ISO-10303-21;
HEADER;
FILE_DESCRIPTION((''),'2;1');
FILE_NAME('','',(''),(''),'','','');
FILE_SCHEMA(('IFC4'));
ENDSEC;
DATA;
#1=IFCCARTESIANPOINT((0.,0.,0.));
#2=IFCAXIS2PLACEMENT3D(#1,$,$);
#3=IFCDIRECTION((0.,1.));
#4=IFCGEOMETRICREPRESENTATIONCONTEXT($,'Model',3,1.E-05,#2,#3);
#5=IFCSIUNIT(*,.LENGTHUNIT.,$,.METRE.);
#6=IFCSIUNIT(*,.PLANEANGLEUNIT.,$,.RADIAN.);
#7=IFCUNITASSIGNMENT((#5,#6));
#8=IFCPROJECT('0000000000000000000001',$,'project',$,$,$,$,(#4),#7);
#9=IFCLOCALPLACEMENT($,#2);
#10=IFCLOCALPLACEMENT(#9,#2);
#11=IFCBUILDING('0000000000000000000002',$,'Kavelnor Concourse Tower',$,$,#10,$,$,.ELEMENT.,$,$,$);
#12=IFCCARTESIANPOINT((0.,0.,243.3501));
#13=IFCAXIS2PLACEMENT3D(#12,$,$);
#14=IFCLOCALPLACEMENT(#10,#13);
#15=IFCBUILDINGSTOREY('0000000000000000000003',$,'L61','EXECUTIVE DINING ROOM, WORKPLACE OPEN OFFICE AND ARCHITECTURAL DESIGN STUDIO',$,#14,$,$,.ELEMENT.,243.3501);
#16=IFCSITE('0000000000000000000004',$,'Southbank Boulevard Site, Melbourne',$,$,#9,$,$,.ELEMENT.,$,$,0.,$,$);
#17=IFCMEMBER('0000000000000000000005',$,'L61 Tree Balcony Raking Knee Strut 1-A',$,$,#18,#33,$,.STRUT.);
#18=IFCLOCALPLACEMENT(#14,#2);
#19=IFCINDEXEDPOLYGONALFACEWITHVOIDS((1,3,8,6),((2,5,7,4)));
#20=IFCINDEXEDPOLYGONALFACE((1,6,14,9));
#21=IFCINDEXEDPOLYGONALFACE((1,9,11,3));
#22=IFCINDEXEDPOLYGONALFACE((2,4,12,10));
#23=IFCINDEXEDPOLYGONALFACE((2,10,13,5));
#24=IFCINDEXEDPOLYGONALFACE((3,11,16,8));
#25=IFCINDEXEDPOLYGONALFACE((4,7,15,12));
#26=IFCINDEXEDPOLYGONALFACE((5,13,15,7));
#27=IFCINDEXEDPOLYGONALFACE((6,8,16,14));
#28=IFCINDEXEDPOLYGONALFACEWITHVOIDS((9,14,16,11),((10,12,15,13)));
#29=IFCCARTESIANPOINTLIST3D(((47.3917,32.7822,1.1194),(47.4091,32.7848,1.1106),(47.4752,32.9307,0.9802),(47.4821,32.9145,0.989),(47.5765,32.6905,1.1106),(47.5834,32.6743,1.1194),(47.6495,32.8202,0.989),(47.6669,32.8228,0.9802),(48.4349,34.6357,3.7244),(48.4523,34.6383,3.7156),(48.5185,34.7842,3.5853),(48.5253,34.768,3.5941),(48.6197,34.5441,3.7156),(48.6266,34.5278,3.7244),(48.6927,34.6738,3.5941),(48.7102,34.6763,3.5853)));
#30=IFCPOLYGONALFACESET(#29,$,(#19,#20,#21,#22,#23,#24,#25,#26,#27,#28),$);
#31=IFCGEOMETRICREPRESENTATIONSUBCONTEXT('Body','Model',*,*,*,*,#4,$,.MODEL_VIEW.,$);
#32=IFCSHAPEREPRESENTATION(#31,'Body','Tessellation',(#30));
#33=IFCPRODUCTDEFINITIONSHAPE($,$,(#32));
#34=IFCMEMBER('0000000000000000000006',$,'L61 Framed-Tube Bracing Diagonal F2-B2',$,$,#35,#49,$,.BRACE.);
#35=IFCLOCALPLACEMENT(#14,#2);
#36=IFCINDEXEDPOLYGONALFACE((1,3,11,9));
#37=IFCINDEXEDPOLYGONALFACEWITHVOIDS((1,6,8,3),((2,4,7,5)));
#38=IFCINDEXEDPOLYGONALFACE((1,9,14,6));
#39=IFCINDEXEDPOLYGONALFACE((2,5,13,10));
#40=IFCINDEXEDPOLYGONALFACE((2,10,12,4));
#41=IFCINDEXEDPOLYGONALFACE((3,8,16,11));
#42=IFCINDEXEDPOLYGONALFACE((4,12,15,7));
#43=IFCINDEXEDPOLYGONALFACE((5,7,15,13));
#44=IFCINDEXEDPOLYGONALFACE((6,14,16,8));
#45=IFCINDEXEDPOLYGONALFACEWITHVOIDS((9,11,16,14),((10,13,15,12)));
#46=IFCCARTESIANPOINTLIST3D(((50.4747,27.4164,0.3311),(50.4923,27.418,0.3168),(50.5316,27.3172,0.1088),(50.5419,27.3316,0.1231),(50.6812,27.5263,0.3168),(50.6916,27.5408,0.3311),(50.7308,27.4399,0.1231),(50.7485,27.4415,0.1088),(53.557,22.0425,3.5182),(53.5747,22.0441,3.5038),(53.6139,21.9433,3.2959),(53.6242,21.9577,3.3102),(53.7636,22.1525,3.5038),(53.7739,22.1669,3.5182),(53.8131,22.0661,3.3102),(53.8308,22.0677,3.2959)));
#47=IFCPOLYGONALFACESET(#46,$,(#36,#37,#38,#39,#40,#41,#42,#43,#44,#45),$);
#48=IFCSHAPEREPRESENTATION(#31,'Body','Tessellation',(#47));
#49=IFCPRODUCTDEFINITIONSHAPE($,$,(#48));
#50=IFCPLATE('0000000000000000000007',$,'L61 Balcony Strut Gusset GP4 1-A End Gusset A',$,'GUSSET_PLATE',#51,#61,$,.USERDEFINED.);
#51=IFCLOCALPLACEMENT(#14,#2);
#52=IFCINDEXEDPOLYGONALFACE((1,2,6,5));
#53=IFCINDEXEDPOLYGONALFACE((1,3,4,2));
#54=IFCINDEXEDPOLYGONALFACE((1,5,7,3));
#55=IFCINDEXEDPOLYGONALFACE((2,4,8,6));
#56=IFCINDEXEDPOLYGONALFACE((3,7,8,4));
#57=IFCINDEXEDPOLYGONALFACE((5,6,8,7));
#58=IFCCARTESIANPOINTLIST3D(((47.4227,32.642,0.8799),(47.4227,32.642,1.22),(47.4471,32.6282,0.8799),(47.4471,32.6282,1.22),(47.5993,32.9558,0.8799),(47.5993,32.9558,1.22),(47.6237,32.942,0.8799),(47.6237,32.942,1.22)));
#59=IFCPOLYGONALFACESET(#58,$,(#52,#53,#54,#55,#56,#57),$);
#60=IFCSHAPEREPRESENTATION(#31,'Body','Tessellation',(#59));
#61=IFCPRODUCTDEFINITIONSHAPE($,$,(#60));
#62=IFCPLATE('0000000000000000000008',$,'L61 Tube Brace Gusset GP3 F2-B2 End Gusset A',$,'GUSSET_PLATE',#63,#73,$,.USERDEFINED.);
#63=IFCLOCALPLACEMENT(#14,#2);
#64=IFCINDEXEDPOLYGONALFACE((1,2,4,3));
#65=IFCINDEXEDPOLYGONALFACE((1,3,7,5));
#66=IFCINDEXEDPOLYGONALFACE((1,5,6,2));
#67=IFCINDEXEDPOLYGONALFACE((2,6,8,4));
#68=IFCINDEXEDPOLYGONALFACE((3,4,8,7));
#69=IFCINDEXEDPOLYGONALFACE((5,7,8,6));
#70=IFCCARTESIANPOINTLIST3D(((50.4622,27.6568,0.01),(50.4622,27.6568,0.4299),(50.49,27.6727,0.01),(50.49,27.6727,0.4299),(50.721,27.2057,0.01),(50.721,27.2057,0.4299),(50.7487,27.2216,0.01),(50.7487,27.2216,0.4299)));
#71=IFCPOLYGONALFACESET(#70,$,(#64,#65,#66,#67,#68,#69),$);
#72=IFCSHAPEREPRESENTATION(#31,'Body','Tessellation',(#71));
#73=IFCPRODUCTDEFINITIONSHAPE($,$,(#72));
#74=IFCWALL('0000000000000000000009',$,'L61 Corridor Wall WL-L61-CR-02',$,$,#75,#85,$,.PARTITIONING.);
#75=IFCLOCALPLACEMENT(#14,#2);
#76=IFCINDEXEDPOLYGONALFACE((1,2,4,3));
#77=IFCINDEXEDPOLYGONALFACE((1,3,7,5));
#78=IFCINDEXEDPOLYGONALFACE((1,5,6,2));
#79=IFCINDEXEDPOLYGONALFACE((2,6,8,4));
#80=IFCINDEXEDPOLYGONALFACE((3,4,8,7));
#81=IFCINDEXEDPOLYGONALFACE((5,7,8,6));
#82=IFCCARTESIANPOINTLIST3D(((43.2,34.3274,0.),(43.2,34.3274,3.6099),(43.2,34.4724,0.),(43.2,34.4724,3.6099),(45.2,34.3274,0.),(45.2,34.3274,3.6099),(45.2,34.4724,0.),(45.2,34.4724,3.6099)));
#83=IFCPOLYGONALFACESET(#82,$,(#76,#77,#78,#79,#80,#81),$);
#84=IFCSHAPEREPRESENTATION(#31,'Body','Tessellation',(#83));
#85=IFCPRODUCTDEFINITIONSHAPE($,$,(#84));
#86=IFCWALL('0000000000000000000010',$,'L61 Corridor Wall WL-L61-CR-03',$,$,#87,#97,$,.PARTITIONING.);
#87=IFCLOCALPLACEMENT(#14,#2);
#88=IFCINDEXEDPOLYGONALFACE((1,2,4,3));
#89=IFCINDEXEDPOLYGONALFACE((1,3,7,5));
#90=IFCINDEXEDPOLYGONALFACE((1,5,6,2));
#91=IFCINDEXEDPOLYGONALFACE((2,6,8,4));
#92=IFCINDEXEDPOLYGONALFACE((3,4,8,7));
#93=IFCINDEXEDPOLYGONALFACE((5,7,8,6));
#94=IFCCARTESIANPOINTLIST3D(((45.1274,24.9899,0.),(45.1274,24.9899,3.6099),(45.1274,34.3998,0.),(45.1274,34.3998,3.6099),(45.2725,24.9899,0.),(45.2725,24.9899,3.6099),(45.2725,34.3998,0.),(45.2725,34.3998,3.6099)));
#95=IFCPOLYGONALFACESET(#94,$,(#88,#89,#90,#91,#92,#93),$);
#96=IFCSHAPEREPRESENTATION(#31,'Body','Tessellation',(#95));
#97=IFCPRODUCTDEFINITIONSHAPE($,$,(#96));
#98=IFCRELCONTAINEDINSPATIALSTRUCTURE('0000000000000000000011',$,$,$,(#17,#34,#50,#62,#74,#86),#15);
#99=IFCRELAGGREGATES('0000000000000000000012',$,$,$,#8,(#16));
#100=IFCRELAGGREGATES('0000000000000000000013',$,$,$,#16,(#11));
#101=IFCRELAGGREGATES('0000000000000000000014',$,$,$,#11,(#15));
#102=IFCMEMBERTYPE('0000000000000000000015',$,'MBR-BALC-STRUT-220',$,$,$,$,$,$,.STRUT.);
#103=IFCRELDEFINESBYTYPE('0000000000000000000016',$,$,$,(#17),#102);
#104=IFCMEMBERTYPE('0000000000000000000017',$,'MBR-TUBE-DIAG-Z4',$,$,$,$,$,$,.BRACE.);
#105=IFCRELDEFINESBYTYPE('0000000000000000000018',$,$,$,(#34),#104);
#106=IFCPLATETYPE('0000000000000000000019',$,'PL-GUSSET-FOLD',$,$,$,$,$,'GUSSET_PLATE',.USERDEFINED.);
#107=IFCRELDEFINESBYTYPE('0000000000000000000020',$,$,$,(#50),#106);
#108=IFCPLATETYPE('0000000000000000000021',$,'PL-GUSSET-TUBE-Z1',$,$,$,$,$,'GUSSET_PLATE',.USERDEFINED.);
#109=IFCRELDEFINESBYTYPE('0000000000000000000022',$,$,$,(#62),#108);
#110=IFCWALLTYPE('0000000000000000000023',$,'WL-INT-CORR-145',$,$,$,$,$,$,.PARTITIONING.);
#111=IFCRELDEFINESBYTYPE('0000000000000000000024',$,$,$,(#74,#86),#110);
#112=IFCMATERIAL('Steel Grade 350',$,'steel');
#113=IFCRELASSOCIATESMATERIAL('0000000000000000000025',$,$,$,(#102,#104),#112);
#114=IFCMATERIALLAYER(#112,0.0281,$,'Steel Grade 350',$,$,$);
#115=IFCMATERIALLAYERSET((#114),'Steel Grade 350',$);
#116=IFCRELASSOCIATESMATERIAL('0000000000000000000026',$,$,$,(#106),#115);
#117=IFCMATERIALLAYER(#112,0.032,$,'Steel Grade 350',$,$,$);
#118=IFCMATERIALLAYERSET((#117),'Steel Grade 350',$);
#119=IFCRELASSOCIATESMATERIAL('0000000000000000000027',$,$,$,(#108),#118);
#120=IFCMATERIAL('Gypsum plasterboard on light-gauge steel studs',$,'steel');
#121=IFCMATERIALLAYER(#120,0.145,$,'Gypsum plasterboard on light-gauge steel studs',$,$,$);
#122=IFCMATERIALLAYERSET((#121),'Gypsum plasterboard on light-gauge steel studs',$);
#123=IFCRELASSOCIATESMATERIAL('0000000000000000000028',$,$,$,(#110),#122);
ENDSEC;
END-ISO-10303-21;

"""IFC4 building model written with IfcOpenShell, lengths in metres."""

from ifc_helpers import new_model, si_unit, direction, frame, frame_2d, origin, origin_2d, place, context, subcontext, project, spatial, rectangle, hollow_rectangle, extrude, material, layer, layer_set, material_profile, profile_set, type_object, element, save


model = new_model("IFC4")

# Units and contexts
model_context = context("Model", 3, precision=1e-05, world=origin(), true_north=direction((0.0, 1.0)))
body_context = subcontext(model_context, "Body", "Model", "MODEL_VIEW")
ifc_project = project(units=[si_unit("LENGTHUNIT", "METRE"), si_unit("PLANEANGLEUNIT", "RADIAN")], contexts=[model_context])

# Site, building, storey
site_placement = place(None, origin())
site = spatial("IfcSite", under=ifc_project, at=site_placement, Name="Southbank Boulevard Site, Melbourne", CompositionType="ELEMENT", RefElevation=0.0)
building_placement = place(site_placement, origin())
building = spatial("IfcBuilding", under=site, at=building_placement, Name="Kavelnor Concourse Tower", CompositionType="ELEMENT")
storey_placement = place(building_placement, frame((0.0, 0.0, 243.3501)))
storey = spatial("IfcBuildingStorey", under=building, at=storey_placement, Name="L61", Description="EXECUTIVE DINING ROOM, WORKPLACE OPEN OFFICE AND ARCHITECTURAL DESIGN STUDIO", CompositionType="ELEMENT", Elevation=243.3501)

# Shared definitions
ifc_material_1 = material(Name="Steel Grade 350", Category="steel")

# Members
ifc_material_profile_1 = material_profile(ifc_material_1, hollow_rectangle(XDim=0.22, YDim=0.22, WallThickness=0.0139, at=origin_2d()), Name="SHS 220x220x14")
ifc_profile_set_1 = profile_set([ifc_material_profile_1], Name="Steel Grade 350")
member_type_1 = type_object("IfcMemberType", Name="MBR-BALC-STRUT-220", PredefinedType="STRUT", material=ifc_profile_set_1)
member_1_placement = place(storey_placement, frame((47.5293, 32.8025, 1.0498), z_axis=(0.310204, 0.55115, 0.774601), x_axis=(-0.871453, 0.490479, 0.0)))
element("IfcMember", 1, at=member_1_placement, inside=storey, type_object=member_type_1, Name="L61 Tree Balcony Raking Knee Strut 1-A", PredefinedType="STRUT", context=body_context, shape_type="SweptSolid", body=[
    extrude(hollow_rectangle(XDim=0.22, YDim=0.22, WallThickness=0.0139, at=origin_2d()), origin(), (0.0, 0.0, 1.0), 3.363),
])
ifc_material_profile_2 = material_profile(ifc_material_1, hollow_rectangle(XDim=0.25, YDim=0.25, WallThickness=0.0161, at=origin_2d()), Name="SHS 250x250x16")
ifc_profile_set_2 = profile_set([ifc_material_profile_2], Name="Steel Grade 350")
member_type_2 = type_object("IfcMemberType", Name="MBR-TUBE-DIAG-Z4", PredefinedType="BRACE", material=ifc_profile_set_2)
member_2_placement = place(storey_placement, frame((50.6116, 27.429, 0.22), z_axis=(0.442429, -0.771352, 0.457463), x_axis=(0.867439, 0.497543, 0.0)))
element("IfcMember", 2, at=member_2_placement, inside=storey, type_object=member_type_2, Name="L61 Framed-Tube Bracing Diagonal F2-B2", PredefinedType="BRACE", context=body_context, shape_type="SweptSolid", body=[
    extrude(hollow_rectangle(XDim=0.25, YDim=0.25, WallThickness=0.0161, at=origin_2d()), origin(), (0.0, 0.0, 1.0), 6.9668),
])

# Plates
ifc_layer_1 = layer(ifc_material_1, 0.0281, Name="Steel Grade 350")
ifc_layer_set_1 = layer_set([ifc_layer_1], Name="Steel Grade 350")
plate_type_1 = type_object("IfcPlateType", Name="PL-GUSSET-FOLD", ElementType="GUSSET_PLATE", PredefinedType="USERDEFINED", material=ifc_layer_set_1)
plate_1_placement = place(storey_placement, frame((47.5232, 32.792, 0.8799), z_axis=(0.0, 0.0, 1.0), x_axis=(0.490448, 0.871471, 0.0)))
element("IfcPlate", 3, at=plate_1_placement, inside=storey, type_object=plate_type_1, Name="L61 Balcony Strut Gusset GP4 1-A End Gusset A", ObjectType="GUSSET_PLATE", PredefinedType="USERDEFINED", context=body_context, shape_type="SweptSolid", body=[
    extrude(rectangle(XDim=0.3601, YDim=0.0281, at=origin_2d()), origin(), (0.0, 0.0, 1.0), 0.3401),
])
ifc_layer_2 = layer(ifc_material_1, 0.032, Name="Steel Grade 350")
ifc_layer_set_2 = layer_set([ifc_layer_2], Name="Steel Grade 350")
plate_type_2 = type_object("IfcPlateType", Name="PL-GUSSET-TUBE-Z1", ElementType="GUSSET_PLATE", PredefinedType="USERDEFINED", material=ifc_layer_set_2)
plate_2_placement = place(storey_placement, frame((50.6055, 27.4392, 0.01), z_axis=(0.0, 0.0, 1.0), x_axis=(0.49758, -0.867418, 0.0)))
element("IfcPlate", 4, at=plate_2_placement, inside=storey, type_object=plate_type_2, Name="L61 Tube Brace Gusset GP3 F2-B2 End Gusset A", ObjectType="GUSSET_PLATE", PredefinedType="USERDEFINED", context=body_context, shape_type="SweptSolid", body=[
    extrude(rectangle(XDim=0.52, YDim=0.032, at=origin_2d()), origin(), (0.0, 0.0, 1.0), 0.4199),
])

# Walls
ifc_material_2 = material(Name="Gypsum plasterboard on light-gauge steel studs", Category="steel")
ifc_layer_3 = layer(ifc_material_2, 0.145, Name="Gypsum plasterboard on light-gauge steel studs")
ifc_layer_set_3 = layer_set([ifc_layer_3], Name="Gypsum plasterboard on light-gauge steel studs")
wall_type = type_object("IfcWallType", Name="WL-INT-CORR-145", PredefinedType="PARTITIONING", material=ifc_layer_set_3)
wall_1_placement = place(storey_placement, frame((43.2, 34.3999, 0.0), z_axis=(0.0, 0.0, 1.0), x_axis=(1.0, 0.0, 0.0)))
element("IfcWall", 5, at=wall_1_placement, inside=storey, type_object=wall_type, Name="L61 Corridor Wall WL-L61-CR-02", PredefinedType="PARTITIONING", context=body_context, shape_type="SweptSolid", body=[
    extrude(rectangle(XDim=2.0, YDim=0.145, at=frame_2d((1.0, 0.0))), origin(), (0.0, 0.0, 1.0), 3.6099),
])
wall_2_placement = place(storey_placement, frame((45.2, 34.3999, 0.0), z_axis=(0.0, 0.0, 1.0), x_axis=(0.0, -1.0, 0.0)))
element("IfcWall", 6, at=wall_2_placement, inside=storey, type_object=wall_type, Name="L61 Corridor Wall WL-L61-CR-03", PredefinedType="PARTITIONING", context=body_context, shape_type="SweptSolid", body=[
    extrude(rectangle(XDim=9.4099, YDim=0.145, at=frame_2d((4.7051, 0.0))), origin(), (0.0, 0.0, 1.0), 3.6099),
])

save(model, "model.ifc")
